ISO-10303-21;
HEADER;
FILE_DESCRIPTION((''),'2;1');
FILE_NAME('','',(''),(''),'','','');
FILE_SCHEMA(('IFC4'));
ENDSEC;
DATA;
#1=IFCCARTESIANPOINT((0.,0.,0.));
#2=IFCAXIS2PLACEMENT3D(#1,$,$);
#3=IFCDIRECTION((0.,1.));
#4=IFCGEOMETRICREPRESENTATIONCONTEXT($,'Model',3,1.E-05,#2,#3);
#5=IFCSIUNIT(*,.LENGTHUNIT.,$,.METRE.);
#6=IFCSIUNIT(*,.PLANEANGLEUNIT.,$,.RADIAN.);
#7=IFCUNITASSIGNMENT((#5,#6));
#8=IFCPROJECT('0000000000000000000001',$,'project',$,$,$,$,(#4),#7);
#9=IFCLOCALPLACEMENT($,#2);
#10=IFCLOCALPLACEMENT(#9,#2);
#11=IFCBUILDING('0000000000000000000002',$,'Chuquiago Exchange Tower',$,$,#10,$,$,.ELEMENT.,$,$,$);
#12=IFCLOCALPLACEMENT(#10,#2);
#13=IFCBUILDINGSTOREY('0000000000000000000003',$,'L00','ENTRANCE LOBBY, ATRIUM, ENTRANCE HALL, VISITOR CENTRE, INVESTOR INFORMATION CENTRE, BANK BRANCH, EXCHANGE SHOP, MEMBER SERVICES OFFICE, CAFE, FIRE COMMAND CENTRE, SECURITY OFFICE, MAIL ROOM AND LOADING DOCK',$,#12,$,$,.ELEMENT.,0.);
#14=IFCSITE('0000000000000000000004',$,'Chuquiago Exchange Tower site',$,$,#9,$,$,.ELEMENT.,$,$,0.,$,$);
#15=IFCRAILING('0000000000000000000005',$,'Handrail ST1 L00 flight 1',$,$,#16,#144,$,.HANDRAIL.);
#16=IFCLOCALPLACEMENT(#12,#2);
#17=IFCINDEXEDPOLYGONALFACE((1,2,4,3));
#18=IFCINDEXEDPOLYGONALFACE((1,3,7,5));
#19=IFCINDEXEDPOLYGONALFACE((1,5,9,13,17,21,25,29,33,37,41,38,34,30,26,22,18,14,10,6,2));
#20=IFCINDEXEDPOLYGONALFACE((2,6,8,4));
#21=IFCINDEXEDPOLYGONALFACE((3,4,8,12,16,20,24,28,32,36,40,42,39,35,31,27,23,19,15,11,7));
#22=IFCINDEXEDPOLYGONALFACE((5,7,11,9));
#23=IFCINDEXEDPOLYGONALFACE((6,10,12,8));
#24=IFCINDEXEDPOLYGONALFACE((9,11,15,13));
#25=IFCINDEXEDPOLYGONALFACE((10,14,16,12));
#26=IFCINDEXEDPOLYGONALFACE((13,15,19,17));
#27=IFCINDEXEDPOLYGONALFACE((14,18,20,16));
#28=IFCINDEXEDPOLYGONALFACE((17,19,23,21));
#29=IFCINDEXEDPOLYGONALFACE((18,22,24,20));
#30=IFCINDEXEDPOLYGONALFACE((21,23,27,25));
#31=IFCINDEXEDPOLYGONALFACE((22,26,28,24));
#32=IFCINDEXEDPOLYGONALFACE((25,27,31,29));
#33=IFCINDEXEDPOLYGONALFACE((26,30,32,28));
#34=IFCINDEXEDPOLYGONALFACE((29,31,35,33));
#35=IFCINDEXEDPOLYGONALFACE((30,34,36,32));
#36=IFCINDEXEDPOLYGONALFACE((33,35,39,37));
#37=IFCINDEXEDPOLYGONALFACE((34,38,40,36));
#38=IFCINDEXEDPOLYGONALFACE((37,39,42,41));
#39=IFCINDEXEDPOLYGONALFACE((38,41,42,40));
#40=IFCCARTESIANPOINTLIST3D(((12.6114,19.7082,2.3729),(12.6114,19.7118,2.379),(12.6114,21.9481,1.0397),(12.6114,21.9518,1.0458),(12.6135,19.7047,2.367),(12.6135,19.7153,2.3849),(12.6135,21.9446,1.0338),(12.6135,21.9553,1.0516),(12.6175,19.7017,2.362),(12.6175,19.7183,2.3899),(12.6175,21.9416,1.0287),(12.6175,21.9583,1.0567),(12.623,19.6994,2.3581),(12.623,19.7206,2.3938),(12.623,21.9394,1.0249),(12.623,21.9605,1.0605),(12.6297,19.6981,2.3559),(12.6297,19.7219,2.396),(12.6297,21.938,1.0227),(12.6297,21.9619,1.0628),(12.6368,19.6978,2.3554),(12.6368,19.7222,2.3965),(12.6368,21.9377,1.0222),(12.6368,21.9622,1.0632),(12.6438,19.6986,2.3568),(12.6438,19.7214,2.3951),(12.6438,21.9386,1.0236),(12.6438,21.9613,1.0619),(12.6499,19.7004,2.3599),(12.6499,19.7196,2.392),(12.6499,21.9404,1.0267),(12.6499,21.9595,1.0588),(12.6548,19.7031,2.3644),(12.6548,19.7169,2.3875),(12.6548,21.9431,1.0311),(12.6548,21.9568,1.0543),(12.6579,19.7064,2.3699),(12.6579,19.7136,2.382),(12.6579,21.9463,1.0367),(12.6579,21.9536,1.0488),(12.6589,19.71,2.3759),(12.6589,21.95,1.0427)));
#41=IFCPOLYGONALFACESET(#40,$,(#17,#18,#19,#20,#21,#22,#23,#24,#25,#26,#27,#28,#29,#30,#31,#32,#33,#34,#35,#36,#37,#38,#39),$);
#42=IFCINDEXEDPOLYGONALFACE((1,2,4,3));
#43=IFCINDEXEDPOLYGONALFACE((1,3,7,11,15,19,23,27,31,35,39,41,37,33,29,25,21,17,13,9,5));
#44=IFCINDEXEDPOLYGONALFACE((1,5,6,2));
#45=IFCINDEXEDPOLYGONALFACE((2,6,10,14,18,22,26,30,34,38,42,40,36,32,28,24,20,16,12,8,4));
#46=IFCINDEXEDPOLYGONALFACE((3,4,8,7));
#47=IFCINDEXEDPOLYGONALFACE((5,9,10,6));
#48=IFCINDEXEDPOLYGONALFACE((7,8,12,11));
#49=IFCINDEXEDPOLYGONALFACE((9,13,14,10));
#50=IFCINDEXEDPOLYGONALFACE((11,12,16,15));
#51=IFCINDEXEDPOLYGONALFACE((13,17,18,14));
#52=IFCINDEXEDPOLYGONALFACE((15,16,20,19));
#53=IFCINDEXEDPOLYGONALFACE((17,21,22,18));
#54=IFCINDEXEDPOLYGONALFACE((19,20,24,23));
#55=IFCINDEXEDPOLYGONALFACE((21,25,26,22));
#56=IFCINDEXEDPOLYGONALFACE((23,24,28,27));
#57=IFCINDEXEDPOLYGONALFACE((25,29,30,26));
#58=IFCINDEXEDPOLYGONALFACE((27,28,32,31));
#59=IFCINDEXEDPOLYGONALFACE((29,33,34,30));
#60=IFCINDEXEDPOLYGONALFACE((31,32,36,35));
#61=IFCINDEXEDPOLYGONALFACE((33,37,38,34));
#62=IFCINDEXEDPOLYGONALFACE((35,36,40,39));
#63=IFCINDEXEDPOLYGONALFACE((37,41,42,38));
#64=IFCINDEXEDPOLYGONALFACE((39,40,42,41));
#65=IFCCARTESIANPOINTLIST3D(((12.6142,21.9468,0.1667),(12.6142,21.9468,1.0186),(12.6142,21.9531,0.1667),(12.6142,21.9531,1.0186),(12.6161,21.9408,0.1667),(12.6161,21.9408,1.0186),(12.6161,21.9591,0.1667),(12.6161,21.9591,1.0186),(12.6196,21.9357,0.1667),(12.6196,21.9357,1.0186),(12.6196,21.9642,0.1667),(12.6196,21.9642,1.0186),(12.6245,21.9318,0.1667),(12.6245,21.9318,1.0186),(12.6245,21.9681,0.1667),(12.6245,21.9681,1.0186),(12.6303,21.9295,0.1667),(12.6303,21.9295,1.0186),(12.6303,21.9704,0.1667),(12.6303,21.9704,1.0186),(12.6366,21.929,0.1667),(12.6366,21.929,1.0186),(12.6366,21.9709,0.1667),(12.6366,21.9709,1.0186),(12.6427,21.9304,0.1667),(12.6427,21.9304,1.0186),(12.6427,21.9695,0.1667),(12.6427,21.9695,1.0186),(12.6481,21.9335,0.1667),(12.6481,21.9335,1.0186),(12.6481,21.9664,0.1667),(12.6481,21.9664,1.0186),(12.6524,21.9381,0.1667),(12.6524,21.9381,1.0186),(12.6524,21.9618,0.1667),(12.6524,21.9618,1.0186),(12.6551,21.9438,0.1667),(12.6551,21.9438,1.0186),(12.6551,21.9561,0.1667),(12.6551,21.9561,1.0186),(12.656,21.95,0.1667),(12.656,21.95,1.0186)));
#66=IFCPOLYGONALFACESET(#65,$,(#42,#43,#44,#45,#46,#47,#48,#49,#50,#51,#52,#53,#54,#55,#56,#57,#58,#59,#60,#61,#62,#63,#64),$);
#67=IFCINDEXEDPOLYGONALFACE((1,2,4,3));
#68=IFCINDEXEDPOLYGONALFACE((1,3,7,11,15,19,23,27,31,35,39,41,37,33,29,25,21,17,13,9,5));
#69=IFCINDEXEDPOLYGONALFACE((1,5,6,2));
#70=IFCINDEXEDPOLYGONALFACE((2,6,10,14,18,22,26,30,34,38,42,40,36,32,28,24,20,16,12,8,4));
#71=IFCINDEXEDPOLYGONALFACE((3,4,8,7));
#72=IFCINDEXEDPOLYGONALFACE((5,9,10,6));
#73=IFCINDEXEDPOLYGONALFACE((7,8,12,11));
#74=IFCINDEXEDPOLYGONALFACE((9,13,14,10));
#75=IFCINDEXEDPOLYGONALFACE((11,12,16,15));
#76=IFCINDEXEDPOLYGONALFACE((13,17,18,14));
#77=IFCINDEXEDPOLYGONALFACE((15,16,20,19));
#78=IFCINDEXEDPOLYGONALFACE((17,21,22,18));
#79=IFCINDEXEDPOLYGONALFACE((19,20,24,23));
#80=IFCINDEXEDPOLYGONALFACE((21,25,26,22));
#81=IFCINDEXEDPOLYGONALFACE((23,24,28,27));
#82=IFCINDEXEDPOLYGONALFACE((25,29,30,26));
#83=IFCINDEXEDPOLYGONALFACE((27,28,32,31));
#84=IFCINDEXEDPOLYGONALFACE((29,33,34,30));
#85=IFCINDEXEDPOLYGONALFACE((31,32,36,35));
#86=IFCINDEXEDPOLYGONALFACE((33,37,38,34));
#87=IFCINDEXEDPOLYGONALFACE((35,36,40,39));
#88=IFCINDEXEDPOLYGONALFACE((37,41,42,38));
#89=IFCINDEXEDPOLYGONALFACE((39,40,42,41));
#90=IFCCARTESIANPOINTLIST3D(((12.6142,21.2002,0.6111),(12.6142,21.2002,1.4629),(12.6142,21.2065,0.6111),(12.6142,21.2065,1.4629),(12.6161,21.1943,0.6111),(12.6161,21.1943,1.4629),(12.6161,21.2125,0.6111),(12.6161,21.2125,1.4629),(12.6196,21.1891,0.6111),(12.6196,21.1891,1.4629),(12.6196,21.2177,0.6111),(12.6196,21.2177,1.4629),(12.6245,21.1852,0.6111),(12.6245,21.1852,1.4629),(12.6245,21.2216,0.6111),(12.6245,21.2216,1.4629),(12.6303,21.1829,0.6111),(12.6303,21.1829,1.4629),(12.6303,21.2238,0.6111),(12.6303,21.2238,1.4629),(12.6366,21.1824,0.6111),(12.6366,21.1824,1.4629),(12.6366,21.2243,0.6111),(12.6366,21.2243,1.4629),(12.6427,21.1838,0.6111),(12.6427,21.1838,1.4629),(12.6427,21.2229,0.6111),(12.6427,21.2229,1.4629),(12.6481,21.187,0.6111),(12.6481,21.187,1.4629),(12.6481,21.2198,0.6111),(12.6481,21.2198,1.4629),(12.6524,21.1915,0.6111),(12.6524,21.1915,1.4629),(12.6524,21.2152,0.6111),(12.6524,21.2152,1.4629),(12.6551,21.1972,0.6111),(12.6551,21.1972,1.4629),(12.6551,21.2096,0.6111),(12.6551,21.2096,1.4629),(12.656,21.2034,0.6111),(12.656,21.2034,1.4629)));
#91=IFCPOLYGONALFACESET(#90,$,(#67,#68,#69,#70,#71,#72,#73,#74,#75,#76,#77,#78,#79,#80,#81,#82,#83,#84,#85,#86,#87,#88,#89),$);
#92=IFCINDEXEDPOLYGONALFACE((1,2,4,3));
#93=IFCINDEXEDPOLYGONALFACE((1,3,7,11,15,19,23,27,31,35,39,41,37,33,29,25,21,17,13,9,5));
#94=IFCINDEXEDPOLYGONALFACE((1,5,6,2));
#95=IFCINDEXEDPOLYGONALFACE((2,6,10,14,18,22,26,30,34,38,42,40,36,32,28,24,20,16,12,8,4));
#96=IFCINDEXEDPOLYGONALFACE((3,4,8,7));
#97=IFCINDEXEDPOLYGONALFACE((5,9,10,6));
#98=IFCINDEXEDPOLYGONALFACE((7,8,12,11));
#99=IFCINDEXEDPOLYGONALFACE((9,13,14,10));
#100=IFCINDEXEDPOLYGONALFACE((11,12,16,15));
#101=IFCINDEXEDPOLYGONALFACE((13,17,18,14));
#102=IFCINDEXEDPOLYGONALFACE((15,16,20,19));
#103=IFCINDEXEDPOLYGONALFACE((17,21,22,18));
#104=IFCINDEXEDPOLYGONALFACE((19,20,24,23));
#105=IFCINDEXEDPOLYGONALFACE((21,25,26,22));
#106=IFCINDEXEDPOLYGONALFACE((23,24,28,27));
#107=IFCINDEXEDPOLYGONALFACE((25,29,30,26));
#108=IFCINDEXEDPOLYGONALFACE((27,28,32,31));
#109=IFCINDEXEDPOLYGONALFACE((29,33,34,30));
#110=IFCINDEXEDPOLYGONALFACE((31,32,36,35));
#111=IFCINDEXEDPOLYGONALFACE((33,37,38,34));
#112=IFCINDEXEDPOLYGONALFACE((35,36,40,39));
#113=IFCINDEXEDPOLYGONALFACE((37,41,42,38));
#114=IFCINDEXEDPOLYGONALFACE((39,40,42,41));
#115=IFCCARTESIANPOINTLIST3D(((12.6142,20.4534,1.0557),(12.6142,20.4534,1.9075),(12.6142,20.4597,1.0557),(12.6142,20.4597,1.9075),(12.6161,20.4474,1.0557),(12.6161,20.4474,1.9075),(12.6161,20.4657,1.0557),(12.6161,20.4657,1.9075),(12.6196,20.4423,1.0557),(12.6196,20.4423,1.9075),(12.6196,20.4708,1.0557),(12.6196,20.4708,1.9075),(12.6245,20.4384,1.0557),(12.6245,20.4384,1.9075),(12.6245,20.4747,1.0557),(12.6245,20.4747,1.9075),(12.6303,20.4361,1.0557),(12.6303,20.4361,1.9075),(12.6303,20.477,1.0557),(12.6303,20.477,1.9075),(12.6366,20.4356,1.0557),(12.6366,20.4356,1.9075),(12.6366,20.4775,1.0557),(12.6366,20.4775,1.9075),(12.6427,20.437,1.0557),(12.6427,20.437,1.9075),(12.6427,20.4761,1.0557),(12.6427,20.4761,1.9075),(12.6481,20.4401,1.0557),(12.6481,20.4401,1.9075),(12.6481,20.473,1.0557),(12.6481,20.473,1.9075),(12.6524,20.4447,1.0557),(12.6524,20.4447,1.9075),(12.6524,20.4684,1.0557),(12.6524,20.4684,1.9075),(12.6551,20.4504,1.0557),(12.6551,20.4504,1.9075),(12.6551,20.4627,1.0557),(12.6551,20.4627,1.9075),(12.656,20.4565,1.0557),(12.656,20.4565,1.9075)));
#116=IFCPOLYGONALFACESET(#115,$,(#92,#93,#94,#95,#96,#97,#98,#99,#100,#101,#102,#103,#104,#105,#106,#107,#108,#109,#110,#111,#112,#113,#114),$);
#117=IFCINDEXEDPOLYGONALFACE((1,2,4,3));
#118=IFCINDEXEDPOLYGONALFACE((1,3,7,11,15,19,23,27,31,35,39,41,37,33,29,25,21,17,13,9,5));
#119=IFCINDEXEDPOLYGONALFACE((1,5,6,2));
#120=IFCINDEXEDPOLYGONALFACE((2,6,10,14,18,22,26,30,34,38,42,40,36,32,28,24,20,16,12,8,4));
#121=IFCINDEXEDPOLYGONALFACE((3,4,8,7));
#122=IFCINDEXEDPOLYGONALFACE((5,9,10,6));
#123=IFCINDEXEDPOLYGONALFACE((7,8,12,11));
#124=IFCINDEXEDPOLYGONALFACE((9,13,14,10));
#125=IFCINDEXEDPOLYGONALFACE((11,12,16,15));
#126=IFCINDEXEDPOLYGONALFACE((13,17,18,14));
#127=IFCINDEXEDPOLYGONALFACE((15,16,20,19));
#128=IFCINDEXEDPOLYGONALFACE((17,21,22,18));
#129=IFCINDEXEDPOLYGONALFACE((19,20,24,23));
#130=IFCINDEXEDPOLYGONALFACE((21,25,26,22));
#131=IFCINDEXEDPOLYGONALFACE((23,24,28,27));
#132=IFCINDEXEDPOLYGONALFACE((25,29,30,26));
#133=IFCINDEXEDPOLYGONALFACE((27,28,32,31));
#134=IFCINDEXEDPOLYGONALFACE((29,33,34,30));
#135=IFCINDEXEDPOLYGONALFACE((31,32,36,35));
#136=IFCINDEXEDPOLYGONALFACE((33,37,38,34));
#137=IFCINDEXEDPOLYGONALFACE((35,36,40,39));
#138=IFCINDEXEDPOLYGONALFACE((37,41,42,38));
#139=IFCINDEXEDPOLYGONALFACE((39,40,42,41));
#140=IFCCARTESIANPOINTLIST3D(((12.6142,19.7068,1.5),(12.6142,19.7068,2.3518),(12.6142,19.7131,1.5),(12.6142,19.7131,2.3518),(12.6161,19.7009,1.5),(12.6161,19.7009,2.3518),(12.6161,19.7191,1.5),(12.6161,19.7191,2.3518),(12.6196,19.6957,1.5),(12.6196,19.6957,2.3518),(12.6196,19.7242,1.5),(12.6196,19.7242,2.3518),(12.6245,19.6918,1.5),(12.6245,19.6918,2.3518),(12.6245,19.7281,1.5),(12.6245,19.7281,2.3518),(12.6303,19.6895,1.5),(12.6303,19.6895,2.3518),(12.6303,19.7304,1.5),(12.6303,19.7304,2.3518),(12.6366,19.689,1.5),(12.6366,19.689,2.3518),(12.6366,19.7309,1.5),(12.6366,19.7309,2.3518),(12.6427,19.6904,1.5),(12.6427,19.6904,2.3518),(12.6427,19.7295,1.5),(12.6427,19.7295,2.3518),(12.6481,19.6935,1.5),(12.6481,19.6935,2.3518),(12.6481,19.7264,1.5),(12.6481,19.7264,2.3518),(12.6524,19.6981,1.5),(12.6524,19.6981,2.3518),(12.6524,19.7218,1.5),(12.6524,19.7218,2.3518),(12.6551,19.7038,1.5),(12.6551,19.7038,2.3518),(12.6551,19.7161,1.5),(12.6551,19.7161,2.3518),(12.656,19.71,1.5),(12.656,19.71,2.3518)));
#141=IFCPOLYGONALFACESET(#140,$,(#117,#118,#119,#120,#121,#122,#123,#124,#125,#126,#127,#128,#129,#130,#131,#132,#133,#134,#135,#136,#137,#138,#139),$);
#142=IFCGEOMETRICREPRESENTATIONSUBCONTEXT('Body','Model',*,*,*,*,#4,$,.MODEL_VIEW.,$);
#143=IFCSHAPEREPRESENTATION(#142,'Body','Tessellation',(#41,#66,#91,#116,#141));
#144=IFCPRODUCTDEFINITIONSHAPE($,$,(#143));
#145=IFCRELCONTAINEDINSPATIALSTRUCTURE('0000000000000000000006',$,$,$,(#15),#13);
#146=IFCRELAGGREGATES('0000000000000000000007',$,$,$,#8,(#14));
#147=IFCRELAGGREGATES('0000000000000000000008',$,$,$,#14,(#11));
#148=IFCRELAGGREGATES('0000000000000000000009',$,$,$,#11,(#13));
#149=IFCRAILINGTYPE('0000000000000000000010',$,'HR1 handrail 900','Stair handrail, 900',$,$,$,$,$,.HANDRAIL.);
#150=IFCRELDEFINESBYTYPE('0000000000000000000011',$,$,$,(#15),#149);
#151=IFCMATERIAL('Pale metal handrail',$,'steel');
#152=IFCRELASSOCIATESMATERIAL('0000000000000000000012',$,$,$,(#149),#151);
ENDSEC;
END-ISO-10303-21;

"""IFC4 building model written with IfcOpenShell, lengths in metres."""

from ifc_helpers import new_model, si_unit, direction, frame, origin, origin_2d, place, context, subcontext, project, spatial, circle, extrude, material, type_object, element, save


model = new_model("IFC4")

# Units and contexts
model_context = context("Model", 3, precision=1e-05, world=origin(), true_north=direction((0.0, 1.0)))
body_context = subcontext(model_context, "Body", "Model", "MODEL_VIEW")
ifc_project = project(units=[si_unit("LENGTHUNIT", "METRE"), si_unit("PLANEANGLEUNIT", "RADIAN")], contexts=[model_context])

# Site, building, storey
site_placement = place(None, origin())
site = spatial("IfcSite", under=ifc_project, at=site_placement, Name="Chuquiago Exchange Tower site", CompositionType="ELEMENT", RefElevation=0.0)
building_placement = place(site_placement, origin())
building = spatial("IfcBuilding", under=site, at=building_placement, Name="Chuquiago Exchange Tower", CompositionType="ELEMENT")
storey_placement = place(building_placement, origin())
storey = spatial("IfcBuildingStorey", under=building, at=storey_placement, Name="L00", Description="ENTRANCE LOBBY, ATRIUM, ENTRANCE HALL, VISITOR CENTRE, INVESTOR INFORMATION CENTRE, BANK BRANCH, EXCHANGE SHOP, MEMBER SERVICES OFFICE, CAFE, FIRE COMMAND CENTRE, SECURITY OFFICE, MAIL ROOM AND LOADING DOCK", CompositionType="ELEMENT", Elevation=0.0)

# Railing
ifc_material_1 = material(Name="Pale metal handrail", Category="steel")
railing_type_1 = type_object("IfcRailingType", Name="HR1 handrail 900", Description="Stair handrail, 900", PredefinedType="HANDRAIL", material=ifc_material_1)
for number, where, name in (
    (1, (12.635, 21.95, 0.1667), "Handrail ST1 L00 flight 1"),
):
    element("IfcRailing", number, at=place(storey_placement, frame(where)), inside=storey, type_object=railing_type_1, Name=name, PredefinedType="HANDRAIL", context=body_context, shape_type="SweptSolid", body=[
        extrude(circle(Radius=0.0239, at=origin_2d()), frame((0.0, 0.0, 0.876), z_axis=(0.0, -0.859306, 0.511462), x_axis=(1.0, 0.0, 0.0)), (0.0, 0.0, 1.0), 2.6067),
        extrude(circle(Radius=0.021, at=origin_2d()), origin(), (0.0, 0.0, 1.0), 0.8518),
        extrude(circle(Radius=0.021, at=origin_2d()), frame((0.0, -0.7466, 0.4443)), (0.0, 0.0, 1.0), 0.8518),
        extrude(circle(Radius=0.021, at=origin_2d()), frame((0.0, -1.4934, 0.8889)), (0.0, 0.0, 1.0), 0.8518),
        extrude(circle(Radius=0.021, at=origin_2d()), frame((0.0, -2.24, 1.3333)), (0.0, 0.0, 1.0), 0.8518),
    ])

save(model, "model.ifc")
